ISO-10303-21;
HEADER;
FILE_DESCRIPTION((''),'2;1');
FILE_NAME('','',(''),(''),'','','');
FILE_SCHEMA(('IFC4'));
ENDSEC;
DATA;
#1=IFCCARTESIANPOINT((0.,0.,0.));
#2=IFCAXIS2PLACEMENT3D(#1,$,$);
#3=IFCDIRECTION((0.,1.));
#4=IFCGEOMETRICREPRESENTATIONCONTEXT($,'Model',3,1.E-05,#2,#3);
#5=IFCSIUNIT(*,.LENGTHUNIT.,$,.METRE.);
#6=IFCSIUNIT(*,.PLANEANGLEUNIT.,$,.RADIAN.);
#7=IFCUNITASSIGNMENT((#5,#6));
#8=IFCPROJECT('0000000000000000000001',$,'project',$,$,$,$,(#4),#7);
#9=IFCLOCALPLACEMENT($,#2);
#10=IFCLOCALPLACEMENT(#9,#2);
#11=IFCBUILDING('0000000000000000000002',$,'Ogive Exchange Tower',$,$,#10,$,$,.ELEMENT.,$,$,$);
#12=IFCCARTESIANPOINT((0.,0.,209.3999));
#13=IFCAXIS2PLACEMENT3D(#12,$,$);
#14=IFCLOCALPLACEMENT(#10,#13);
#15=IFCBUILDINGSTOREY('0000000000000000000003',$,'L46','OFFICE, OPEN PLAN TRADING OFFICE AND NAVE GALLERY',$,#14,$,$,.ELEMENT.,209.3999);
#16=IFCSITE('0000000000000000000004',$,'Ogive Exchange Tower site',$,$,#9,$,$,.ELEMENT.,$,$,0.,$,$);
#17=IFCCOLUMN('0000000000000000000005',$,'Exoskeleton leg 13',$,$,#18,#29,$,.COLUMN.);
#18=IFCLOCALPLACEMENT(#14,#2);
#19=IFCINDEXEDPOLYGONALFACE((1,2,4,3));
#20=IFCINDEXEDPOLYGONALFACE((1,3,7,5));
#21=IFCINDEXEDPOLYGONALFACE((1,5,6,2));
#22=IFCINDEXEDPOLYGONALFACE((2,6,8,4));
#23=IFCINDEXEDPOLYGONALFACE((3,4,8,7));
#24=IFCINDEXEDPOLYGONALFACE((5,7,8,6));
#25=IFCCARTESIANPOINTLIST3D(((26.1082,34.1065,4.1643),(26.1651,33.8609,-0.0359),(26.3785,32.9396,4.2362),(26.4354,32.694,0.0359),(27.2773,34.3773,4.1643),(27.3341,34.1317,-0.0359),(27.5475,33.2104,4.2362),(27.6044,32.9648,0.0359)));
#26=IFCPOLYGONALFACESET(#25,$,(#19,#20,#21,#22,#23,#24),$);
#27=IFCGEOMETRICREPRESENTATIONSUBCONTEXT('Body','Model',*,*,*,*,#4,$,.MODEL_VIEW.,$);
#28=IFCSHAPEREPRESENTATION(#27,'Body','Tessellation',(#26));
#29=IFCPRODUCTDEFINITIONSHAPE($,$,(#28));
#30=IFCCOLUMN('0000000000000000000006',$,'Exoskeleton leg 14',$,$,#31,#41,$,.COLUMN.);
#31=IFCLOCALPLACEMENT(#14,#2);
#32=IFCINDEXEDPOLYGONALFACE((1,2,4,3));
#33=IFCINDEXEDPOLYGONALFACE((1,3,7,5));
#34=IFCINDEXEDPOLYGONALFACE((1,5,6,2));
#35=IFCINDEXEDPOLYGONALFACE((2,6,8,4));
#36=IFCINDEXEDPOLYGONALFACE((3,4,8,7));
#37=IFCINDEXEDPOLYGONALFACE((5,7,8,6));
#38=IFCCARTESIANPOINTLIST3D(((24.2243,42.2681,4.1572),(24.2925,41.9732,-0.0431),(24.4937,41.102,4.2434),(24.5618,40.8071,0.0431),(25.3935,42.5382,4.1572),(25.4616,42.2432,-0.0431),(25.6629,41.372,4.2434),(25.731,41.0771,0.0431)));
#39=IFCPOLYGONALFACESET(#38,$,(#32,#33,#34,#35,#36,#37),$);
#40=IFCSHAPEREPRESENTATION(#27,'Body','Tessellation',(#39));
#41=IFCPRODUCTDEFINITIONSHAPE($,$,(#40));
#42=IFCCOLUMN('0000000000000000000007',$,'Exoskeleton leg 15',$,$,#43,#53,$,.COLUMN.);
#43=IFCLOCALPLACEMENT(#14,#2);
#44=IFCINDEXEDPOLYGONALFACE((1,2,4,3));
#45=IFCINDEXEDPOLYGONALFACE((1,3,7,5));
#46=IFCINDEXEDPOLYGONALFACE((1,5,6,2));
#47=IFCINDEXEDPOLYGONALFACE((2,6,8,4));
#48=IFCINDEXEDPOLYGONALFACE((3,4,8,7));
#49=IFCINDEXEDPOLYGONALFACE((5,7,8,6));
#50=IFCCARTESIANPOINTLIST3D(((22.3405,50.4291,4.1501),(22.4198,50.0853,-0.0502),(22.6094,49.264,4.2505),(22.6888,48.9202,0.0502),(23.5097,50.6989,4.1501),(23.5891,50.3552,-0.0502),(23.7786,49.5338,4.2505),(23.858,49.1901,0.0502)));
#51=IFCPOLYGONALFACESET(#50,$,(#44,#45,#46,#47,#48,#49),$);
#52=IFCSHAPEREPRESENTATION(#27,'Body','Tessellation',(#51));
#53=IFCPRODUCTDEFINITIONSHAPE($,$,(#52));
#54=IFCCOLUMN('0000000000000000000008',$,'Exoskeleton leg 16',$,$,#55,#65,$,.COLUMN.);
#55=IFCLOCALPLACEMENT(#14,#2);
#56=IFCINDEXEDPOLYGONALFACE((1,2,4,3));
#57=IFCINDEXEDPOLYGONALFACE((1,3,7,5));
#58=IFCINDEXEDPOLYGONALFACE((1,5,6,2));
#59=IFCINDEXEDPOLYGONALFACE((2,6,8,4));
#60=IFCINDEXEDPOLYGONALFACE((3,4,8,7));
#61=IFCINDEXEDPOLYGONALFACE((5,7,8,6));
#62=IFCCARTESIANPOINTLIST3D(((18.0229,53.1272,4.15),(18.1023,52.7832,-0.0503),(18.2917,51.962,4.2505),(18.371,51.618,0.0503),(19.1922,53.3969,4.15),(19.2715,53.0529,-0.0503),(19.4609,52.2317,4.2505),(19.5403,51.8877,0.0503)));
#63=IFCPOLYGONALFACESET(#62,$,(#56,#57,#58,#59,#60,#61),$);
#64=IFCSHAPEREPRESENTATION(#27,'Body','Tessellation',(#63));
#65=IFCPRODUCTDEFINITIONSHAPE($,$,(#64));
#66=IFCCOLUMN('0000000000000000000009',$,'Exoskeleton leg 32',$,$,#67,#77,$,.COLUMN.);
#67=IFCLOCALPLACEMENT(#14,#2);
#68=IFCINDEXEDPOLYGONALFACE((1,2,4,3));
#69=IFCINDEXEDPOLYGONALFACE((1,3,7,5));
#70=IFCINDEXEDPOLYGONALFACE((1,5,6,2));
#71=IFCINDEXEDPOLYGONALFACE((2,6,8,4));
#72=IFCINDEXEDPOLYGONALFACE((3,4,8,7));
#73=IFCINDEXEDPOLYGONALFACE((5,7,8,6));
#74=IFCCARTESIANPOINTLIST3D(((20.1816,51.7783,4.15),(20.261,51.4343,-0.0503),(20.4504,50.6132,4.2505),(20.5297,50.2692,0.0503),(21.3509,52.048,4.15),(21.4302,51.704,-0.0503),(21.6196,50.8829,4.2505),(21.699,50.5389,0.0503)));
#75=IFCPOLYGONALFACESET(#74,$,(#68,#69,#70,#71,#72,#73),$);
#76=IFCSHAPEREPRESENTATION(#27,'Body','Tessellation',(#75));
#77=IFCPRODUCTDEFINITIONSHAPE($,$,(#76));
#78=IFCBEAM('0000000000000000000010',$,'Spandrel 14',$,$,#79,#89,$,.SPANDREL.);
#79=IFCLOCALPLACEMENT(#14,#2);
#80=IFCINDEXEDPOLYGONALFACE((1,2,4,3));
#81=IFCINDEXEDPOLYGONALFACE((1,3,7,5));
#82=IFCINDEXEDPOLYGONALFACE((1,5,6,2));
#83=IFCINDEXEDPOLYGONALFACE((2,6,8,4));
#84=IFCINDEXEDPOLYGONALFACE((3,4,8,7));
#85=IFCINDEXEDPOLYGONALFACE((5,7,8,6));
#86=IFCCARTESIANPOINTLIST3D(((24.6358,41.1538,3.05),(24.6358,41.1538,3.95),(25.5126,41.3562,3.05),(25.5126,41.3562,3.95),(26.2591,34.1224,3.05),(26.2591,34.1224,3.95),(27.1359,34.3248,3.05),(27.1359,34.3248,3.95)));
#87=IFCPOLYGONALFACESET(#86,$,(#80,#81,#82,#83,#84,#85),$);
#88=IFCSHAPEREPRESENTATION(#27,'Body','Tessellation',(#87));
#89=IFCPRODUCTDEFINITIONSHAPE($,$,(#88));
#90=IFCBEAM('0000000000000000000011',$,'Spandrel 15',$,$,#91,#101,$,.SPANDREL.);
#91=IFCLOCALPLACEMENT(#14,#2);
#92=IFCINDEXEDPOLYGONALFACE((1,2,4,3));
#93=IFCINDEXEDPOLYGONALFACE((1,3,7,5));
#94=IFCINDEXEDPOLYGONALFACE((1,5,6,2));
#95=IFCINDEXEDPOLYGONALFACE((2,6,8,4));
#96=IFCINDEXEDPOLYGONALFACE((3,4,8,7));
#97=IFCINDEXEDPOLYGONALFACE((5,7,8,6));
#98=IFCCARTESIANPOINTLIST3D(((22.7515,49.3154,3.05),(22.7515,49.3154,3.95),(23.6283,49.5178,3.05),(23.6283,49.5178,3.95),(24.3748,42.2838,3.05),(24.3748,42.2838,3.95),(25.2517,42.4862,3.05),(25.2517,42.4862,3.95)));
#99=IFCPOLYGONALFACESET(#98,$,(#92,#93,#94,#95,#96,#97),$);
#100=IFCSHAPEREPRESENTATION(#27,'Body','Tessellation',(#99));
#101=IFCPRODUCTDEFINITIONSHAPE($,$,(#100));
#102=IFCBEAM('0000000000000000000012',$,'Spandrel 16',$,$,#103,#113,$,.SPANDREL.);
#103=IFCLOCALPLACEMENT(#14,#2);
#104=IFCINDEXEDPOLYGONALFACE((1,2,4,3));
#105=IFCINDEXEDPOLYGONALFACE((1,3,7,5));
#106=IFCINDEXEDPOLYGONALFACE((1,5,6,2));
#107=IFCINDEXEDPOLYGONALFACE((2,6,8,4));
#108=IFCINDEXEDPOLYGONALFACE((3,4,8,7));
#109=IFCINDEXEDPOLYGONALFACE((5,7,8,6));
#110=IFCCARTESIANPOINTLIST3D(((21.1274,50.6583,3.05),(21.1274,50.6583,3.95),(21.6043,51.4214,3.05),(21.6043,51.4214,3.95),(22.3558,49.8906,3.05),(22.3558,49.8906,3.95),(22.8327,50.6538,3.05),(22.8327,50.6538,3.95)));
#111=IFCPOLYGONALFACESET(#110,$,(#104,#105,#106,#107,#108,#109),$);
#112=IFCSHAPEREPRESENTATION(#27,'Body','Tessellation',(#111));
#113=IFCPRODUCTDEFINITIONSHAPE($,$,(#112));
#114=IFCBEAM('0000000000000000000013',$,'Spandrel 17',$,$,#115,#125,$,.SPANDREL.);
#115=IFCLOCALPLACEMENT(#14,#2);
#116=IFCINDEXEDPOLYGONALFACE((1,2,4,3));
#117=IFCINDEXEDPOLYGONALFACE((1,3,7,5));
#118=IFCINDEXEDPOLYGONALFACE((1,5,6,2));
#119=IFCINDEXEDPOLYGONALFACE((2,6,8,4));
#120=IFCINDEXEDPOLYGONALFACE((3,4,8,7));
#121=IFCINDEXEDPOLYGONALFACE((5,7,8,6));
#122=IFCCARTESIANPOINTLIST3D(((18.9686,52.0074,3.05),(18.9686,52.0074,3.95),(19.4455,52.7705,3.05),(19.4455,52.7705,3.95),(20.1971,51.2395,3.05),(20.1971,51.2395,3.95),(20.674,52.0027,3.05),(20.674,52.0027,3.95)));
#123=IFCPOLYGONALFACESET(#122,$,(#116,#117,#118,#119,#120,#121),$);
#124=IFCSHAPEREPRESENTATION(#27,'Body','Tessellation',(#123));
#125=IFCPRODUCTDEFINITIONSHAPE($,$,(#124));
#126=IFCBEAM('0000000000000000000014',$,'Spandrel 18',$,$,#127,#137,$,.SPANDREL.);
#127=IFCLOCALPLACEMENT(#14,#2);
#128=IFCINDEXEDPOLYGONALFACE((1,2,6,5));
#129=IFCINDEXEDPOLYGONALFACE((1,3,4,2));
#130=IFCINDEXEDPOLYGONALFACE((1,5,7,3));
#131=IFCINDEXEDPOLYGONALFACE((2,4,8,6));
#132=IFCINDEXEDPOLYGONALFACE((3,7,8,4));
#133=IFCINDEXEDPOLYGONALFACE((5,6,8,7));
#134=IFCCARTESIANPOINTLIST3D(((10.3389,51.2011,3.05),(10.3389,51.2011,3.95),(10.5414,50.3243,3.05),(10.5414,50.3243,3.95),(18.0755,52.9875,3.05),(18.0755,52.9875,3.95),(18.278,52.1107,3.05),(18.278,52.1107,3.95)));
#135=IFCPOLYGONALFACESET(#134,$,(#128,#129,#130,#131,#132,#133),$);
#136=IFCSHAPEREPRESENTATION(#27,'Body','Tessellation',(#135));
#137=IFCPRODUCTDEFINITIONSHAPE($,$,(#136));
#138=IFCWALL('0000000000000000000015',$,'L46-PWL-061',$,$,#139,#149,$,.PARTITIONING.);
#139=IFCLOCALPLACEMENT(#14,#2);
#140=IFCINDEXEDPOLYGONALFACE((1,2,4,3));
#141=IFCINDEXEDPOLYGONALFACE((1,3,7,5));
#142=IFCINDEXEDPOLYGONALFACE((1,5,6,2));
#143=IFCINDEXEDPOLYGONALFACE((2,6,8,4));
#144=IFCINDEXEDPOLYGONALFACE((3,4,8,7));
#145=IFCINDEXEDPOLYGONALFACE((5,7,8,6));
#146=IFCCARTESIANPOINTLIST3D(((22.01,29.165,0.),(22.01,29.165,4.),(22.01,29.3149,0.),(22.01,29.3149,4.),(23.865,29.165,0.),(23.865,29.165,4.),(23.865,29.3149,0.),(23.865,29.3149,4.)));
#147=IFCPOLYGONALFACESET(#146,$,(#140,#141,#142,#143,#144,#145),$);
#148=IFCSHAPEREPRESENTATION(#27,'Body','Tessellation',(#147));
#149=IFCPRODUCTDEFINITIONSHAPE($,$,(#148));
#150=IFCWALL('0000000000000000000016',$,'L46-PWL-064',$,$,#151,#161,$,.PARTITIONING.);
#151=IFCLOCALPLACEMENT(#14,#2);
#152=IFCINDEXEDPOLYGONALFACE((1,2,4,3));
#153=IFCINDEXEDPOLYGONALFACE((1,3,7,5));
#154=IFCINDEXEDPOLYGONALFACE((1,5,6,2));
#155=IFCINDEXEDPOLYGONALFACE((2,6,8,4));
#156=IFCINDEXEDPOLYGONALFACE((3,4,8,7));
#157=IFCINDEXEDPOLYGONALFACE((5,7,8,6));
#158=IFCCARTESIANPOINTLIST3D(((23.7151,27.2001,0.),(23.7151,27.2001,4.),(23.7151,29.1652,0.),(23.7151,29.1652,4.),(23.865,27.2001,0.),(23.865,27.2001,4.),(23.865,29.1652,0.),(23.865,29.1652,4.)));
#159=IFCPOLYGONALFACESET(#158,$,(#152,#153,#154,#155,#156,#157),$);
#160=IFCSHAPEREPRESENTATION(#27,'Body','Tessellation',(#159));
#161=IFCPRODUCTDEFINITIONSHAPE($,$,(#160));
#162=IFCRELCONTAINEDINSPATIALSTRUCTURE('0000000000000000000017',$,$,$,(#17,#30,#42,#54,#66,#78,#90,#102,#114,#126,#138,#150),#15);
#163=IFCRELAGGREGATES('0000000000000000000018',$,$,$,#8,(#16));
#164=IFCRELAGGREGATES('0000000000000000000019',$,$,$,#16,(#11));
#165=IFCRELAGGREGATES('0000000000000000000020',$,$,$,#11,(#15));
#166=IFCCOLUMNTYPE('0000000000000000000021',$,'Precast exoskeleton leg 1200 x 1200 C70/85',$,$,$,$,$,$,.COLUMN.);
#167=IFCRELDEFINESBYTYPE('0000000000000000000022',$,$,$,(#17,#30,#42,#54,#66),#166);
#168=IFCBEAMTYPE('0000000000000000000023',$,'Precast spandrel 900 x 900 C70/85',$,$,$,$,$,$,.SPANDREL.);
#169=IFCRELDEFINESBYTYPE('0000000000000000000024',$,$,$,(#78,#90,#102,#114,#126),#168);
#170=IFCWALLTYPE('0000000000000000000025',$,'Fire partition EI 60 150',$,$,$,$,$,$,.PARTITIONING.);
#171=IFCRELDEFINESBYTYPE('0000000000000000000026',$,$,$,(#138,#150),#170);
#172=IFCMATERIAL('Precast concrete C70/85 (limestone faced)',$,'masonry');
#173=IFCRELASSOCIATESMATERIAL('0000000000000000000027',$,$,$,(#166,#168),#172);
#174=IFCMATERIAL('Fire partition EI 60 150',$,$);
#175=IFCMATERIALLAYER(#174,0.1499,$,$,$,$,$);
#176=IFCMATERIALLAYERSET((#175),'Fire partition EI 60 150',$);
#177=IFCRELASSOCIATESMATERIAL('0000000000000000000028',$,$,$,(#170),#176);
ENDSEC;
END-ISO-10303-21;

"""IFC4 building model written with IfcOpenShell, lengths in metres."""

from ifc_helpers import new_model, si_unit, direction, frame, frame_2d, origin, origin_2d, place, context, subcontext, project, spatial, rectangle, extrude, material, layer, layer_set, material_profile, profile_set, type_object, element, save


model = new_model("IFC4")

# Units and contexts
model_context = context("Model", 3, precision=1e-05, world=origin(), true_north=direction((0.0, 1.0)))
body_context = subcontext(model_context, "Body", "Model", "MODEL_VIEW")
ifc_project = project(units=[si_unit("LENGTHUNIT", "METRE"), si_unit("PLANEANGLEUNIT", "RADIAN")], contexts=[model_context])

# Site, building, storey
site_placement = place(None, origin())
site = spatial("IfcSite", under=ifc_project, at=site_placement, Name="Ogive Exchange Tower site", CompositionType="ELEMENT", RefElevation=0.0)
building_placement = place(site_placement, origin())
building = spatial("IfcBuilding", under=site, at=building_placement, Name="Ogive Exchange Tower", CompositionType="ELEMENT")
storey_placement = place(building_placement, frame((0.0, 0.0, 209.3999)))
storey = spatial("IfcBuildingStorey", under=building, at=storey_placement, Name="L46", Description="OFFICE, OPEN PLAN TRADING OFFICE AND NAVE GALLERY", CompositionType="ELEMENT", Elevation=209.3999)

# Columns
ifc_material_1 = material(Name="Precast concrete C70/85 (limestone faced)", Category="masonry")
ifc_material_profile_1 = material_profile(ifc_material_1, rectangle(XDim=1.2, YDim=1.2, at=origin_2d()), Name="1200 x 1200")
ifc_profile_set_1 = profile_set([ifc_material_profile_1], Name="Precast concrete C70/85 (limestone faced)")
column_type = type_object("IfcColumnType", Name="Precast exoskeleton leg 1200 x 1200 C70/85", PredefinedType="COLUMN", material=ifc_profile_set_1)
column_1_placement = place(storey_placement, frame((26.8848, 33.4128, 0.0), z_axis=(-0.013519, 0.05837, 0.998203), x_axis=(-0.974211, -0.225637, 0.0)))
element("IfcColumn", 1, at=column_1_placement, inside=storey, type_object=column_type, Name="Exoskeleton leg 13", PredefinedType="COLUMN", context=body_context, shape_type="SweptSolid", body=[
    extrude(rectangle(XDim=1.2, YDim=1.2, at=origin_2d()), origin(), (0.0, 0.0, 1.0), 4.2078),
])
column_2_placement = place(storey_placement, frame((25.0117, 41.5251, 0.0), z_axis=(-0.016175, 0.070035, 0.997413), x_axis=(-0.97435, -0.225036, 0.0)))
element("IfcColumn", 2, at=column_2_placement, inside=storey, type_object=column_type, Name="Exoskeleton leg 14", PredefinedType="COLUMN", context=body_context, shape_type="SweptSolid", body=[
    extrude(rectangle(XDim=1.2, YDim=1.2, at=origin_2d()), origin(), (0.0, 0.0, 1.0), 4.2112),
])
for number, where, z_axis, x_axis, name in (
    (3, (23.1389, 49.6377, 0.0), (-0.018825, 0.081554, 0.996491), (-0.97438, -0.22491, 0.0), "Exoskeleton leg 15"),
    (4, (18.8213, 52.3354, 0.0), (-0.018825, 0.081612, 0.996486), (-0.974415, -0.224758, 0.0), "Exoskeleton leg 16"),
    (5, (20.98, 50.9866, 0.0), (-0.018825, 0.081612, 0.996486), (-0.974415, -0.224758, 0.0), "Exoskeleton leg 32"),
):
    element("IfcColumn", number, at=place(storey_placement, frame(where, z_axis=z_axis, x_axis=x_axis)), inside=storey, type_object=column_type, Name=name, PredefinedType="COLUMN", context=body_context, shape_type="SweptSolid", body=[
        extrude(rectangle(XDim=1.2, YDim=1.2, at=origin_2d()), origin(), (0.0, 0.0, 1.0), 4.2151),
    ])

# Beams
ifc_material_profile_2 = material_profile(ifc_material_1, rectangle(XDim=0.8999, YDim=0.8999, at=origin_2d()), Name="900 x 900")
ifc_profile_set_2 = profile_set([ifc_material_profile_2], Name="Precast concrete C70/85 (limestone faced)")
beam_type = type_object("IfcBeamType", Name="Precast spandrel 900 x 900 C70/85", PredefinedType="SPANDREL", material=ifc_profile_set_2)
beam_1_placement = place(storey_placement, frame((26.6975, 34.2236, 3.5), z_axis=(-0.224951, 0.97437, 0.0), x_axis=(-0.97437, -0.224951, 0.0)))
element("IfcBeam", 6, at=beam_1_placement, inside=storey, type_object=beam_type, Name="Spandrel 14", PredefinedType="SPANDREL", context=body_context, shape_type="SweptSolid", body=[
    extrude(rectangle(XDim=0.8999, YDim=0.8999, at=origin_2d()), origin(), (0.0, 0.0, 1.0), 7.2163),
])
beam_2_placement = place(storey_placement, frame((24.8132, 42.385, 3.5), z_axis=(-0.224944, 0.974372, 0.0), x_axis=(-0.974372, -0.224944, 0.0)))
element("IfcBeam", 7, at=beam_2_placement, inside=storey, type_object=beam_type, Name="Spandrel 15", PredefinedType="SPANDREL", context=body_context, shape_type="SweptSolid", body=[
    extrude(rectangle(XDim=0.8999, YDim=0.8999, at=origin_2d()), origin(), (0.0, 0.0, 1.0), 7.2166),
])
beam_3_placement = place(storey_placement, frame((22.5942, 50.2722, 3.5), z_axis=(-0.848027, 0.529953, 0.0), x_axis=(-0.529953, -0.848027, 0.0)))
element("IfcBeam", 8, at=beam_3_placement, inside=storey, type_object=beam_type, Name="Spandrel 16", PredefinedType="SPANDREL", context=body_context, shape_type="SweptSolid", body=[
    extrude(rectangle(XDim=0.8999, YDim=0.8999, at=origin_2d()), origin(), (0.0, 0.0, 1.0), 1.4485),
])
beam_4_placement = place(storey_placement, frame((20.4355, 51.6211, 3.5), z_axis=(-0.847998, 0.529999, 0.0), x_axis=(-0.529999, -0.847998, 0.0)))
element("IfcBeam", 9, at=beam_4_placement, inside=storey, type_object=beam_type, Name="Spandrel 17", PredefinedType="SPANDREL", context=body_context, shape_type="SweptSolid", body=[
    extrude(rectangle(XDim=0.8999, YDim=0.8999, at=origin_2d()), origin(), (0.0, 0.0, 1.0), 1.4487),
])
beam_5_placement = place(storey_placement, frame((18.1768, 52.5491, 3.5), z_axis=(-0.974363, -0.224981, 0.0), x_axis=(0.224981, -0.974363, 0.0)))
element("IfcBeam", 10, at=beam_5_placement, inside=storey, type_object=beam_type, Name="Spandrel 18", PredefinedType="SPANDREL", context=body_context, shape_type="SweptSolid", body=[
    extrude(rectangle(XDim=0.8999, YDim=0.8999, at=origin_2d()), origin(), (0.0, 0.0, 1.0), 7.9402),
])

# Walls
ifc_material_2 = material(Name="Fire partition EI 60 150")
ifc_layer_1 = layer(ifc_material_2, 0.1499)
ifc_layer_set_1 = layer_set([ifc_layer_1], Name="Fire partition EI 60 150")
wall_type_1 = type_object("IfcWallType", Name="Fire partition EI 60 150", PredefinedType="PARTITIONING", material=ifc_layer_set_1)
wall_1_placement = place(storey_placement, frame((22.01, 29.24, 0.0), z_axis=(0.0, 0.0, 1.0), x_axis=(1.0, 0.0, 0.0)))
element("IfcWall", 11, at=wall_1_placement, inside=storey, type_object=wall_type_1, Name="L46-PWL-061", PredefinedType="PARTITIONING", context=body_context, shape_type="SweptSolid", body=[
    extrude(rectangle(XDim=1.855, YDim=0.1499, at=frame_2d((0.9275, 0.0))), origin(), (0.0, 0.0, 1.0), 4.0),
])
wall_2_placement = place(storey_placement, frame((23.79, 29.165, 0.0), z_axis=(0.0, 0.0, 1.0), x_axis=(0.0, -1.0, 0.0)))
element("IfcWall", 12, at=wall_2_placement, inside=storey, type_object=wall_type_1, Name="L46-PWL-064", PredefinedType="PARTITIONING", context=body_context, shape_type="SweptSolid", body=[
    extrude(rectangle(XDim=1.9651, YDim=0.1499, at=frame_2d((0.9824, 0.0))), origin(), (0.0, 0.0, 1.0), 4.0),
])

save(model, "model.ifc")
